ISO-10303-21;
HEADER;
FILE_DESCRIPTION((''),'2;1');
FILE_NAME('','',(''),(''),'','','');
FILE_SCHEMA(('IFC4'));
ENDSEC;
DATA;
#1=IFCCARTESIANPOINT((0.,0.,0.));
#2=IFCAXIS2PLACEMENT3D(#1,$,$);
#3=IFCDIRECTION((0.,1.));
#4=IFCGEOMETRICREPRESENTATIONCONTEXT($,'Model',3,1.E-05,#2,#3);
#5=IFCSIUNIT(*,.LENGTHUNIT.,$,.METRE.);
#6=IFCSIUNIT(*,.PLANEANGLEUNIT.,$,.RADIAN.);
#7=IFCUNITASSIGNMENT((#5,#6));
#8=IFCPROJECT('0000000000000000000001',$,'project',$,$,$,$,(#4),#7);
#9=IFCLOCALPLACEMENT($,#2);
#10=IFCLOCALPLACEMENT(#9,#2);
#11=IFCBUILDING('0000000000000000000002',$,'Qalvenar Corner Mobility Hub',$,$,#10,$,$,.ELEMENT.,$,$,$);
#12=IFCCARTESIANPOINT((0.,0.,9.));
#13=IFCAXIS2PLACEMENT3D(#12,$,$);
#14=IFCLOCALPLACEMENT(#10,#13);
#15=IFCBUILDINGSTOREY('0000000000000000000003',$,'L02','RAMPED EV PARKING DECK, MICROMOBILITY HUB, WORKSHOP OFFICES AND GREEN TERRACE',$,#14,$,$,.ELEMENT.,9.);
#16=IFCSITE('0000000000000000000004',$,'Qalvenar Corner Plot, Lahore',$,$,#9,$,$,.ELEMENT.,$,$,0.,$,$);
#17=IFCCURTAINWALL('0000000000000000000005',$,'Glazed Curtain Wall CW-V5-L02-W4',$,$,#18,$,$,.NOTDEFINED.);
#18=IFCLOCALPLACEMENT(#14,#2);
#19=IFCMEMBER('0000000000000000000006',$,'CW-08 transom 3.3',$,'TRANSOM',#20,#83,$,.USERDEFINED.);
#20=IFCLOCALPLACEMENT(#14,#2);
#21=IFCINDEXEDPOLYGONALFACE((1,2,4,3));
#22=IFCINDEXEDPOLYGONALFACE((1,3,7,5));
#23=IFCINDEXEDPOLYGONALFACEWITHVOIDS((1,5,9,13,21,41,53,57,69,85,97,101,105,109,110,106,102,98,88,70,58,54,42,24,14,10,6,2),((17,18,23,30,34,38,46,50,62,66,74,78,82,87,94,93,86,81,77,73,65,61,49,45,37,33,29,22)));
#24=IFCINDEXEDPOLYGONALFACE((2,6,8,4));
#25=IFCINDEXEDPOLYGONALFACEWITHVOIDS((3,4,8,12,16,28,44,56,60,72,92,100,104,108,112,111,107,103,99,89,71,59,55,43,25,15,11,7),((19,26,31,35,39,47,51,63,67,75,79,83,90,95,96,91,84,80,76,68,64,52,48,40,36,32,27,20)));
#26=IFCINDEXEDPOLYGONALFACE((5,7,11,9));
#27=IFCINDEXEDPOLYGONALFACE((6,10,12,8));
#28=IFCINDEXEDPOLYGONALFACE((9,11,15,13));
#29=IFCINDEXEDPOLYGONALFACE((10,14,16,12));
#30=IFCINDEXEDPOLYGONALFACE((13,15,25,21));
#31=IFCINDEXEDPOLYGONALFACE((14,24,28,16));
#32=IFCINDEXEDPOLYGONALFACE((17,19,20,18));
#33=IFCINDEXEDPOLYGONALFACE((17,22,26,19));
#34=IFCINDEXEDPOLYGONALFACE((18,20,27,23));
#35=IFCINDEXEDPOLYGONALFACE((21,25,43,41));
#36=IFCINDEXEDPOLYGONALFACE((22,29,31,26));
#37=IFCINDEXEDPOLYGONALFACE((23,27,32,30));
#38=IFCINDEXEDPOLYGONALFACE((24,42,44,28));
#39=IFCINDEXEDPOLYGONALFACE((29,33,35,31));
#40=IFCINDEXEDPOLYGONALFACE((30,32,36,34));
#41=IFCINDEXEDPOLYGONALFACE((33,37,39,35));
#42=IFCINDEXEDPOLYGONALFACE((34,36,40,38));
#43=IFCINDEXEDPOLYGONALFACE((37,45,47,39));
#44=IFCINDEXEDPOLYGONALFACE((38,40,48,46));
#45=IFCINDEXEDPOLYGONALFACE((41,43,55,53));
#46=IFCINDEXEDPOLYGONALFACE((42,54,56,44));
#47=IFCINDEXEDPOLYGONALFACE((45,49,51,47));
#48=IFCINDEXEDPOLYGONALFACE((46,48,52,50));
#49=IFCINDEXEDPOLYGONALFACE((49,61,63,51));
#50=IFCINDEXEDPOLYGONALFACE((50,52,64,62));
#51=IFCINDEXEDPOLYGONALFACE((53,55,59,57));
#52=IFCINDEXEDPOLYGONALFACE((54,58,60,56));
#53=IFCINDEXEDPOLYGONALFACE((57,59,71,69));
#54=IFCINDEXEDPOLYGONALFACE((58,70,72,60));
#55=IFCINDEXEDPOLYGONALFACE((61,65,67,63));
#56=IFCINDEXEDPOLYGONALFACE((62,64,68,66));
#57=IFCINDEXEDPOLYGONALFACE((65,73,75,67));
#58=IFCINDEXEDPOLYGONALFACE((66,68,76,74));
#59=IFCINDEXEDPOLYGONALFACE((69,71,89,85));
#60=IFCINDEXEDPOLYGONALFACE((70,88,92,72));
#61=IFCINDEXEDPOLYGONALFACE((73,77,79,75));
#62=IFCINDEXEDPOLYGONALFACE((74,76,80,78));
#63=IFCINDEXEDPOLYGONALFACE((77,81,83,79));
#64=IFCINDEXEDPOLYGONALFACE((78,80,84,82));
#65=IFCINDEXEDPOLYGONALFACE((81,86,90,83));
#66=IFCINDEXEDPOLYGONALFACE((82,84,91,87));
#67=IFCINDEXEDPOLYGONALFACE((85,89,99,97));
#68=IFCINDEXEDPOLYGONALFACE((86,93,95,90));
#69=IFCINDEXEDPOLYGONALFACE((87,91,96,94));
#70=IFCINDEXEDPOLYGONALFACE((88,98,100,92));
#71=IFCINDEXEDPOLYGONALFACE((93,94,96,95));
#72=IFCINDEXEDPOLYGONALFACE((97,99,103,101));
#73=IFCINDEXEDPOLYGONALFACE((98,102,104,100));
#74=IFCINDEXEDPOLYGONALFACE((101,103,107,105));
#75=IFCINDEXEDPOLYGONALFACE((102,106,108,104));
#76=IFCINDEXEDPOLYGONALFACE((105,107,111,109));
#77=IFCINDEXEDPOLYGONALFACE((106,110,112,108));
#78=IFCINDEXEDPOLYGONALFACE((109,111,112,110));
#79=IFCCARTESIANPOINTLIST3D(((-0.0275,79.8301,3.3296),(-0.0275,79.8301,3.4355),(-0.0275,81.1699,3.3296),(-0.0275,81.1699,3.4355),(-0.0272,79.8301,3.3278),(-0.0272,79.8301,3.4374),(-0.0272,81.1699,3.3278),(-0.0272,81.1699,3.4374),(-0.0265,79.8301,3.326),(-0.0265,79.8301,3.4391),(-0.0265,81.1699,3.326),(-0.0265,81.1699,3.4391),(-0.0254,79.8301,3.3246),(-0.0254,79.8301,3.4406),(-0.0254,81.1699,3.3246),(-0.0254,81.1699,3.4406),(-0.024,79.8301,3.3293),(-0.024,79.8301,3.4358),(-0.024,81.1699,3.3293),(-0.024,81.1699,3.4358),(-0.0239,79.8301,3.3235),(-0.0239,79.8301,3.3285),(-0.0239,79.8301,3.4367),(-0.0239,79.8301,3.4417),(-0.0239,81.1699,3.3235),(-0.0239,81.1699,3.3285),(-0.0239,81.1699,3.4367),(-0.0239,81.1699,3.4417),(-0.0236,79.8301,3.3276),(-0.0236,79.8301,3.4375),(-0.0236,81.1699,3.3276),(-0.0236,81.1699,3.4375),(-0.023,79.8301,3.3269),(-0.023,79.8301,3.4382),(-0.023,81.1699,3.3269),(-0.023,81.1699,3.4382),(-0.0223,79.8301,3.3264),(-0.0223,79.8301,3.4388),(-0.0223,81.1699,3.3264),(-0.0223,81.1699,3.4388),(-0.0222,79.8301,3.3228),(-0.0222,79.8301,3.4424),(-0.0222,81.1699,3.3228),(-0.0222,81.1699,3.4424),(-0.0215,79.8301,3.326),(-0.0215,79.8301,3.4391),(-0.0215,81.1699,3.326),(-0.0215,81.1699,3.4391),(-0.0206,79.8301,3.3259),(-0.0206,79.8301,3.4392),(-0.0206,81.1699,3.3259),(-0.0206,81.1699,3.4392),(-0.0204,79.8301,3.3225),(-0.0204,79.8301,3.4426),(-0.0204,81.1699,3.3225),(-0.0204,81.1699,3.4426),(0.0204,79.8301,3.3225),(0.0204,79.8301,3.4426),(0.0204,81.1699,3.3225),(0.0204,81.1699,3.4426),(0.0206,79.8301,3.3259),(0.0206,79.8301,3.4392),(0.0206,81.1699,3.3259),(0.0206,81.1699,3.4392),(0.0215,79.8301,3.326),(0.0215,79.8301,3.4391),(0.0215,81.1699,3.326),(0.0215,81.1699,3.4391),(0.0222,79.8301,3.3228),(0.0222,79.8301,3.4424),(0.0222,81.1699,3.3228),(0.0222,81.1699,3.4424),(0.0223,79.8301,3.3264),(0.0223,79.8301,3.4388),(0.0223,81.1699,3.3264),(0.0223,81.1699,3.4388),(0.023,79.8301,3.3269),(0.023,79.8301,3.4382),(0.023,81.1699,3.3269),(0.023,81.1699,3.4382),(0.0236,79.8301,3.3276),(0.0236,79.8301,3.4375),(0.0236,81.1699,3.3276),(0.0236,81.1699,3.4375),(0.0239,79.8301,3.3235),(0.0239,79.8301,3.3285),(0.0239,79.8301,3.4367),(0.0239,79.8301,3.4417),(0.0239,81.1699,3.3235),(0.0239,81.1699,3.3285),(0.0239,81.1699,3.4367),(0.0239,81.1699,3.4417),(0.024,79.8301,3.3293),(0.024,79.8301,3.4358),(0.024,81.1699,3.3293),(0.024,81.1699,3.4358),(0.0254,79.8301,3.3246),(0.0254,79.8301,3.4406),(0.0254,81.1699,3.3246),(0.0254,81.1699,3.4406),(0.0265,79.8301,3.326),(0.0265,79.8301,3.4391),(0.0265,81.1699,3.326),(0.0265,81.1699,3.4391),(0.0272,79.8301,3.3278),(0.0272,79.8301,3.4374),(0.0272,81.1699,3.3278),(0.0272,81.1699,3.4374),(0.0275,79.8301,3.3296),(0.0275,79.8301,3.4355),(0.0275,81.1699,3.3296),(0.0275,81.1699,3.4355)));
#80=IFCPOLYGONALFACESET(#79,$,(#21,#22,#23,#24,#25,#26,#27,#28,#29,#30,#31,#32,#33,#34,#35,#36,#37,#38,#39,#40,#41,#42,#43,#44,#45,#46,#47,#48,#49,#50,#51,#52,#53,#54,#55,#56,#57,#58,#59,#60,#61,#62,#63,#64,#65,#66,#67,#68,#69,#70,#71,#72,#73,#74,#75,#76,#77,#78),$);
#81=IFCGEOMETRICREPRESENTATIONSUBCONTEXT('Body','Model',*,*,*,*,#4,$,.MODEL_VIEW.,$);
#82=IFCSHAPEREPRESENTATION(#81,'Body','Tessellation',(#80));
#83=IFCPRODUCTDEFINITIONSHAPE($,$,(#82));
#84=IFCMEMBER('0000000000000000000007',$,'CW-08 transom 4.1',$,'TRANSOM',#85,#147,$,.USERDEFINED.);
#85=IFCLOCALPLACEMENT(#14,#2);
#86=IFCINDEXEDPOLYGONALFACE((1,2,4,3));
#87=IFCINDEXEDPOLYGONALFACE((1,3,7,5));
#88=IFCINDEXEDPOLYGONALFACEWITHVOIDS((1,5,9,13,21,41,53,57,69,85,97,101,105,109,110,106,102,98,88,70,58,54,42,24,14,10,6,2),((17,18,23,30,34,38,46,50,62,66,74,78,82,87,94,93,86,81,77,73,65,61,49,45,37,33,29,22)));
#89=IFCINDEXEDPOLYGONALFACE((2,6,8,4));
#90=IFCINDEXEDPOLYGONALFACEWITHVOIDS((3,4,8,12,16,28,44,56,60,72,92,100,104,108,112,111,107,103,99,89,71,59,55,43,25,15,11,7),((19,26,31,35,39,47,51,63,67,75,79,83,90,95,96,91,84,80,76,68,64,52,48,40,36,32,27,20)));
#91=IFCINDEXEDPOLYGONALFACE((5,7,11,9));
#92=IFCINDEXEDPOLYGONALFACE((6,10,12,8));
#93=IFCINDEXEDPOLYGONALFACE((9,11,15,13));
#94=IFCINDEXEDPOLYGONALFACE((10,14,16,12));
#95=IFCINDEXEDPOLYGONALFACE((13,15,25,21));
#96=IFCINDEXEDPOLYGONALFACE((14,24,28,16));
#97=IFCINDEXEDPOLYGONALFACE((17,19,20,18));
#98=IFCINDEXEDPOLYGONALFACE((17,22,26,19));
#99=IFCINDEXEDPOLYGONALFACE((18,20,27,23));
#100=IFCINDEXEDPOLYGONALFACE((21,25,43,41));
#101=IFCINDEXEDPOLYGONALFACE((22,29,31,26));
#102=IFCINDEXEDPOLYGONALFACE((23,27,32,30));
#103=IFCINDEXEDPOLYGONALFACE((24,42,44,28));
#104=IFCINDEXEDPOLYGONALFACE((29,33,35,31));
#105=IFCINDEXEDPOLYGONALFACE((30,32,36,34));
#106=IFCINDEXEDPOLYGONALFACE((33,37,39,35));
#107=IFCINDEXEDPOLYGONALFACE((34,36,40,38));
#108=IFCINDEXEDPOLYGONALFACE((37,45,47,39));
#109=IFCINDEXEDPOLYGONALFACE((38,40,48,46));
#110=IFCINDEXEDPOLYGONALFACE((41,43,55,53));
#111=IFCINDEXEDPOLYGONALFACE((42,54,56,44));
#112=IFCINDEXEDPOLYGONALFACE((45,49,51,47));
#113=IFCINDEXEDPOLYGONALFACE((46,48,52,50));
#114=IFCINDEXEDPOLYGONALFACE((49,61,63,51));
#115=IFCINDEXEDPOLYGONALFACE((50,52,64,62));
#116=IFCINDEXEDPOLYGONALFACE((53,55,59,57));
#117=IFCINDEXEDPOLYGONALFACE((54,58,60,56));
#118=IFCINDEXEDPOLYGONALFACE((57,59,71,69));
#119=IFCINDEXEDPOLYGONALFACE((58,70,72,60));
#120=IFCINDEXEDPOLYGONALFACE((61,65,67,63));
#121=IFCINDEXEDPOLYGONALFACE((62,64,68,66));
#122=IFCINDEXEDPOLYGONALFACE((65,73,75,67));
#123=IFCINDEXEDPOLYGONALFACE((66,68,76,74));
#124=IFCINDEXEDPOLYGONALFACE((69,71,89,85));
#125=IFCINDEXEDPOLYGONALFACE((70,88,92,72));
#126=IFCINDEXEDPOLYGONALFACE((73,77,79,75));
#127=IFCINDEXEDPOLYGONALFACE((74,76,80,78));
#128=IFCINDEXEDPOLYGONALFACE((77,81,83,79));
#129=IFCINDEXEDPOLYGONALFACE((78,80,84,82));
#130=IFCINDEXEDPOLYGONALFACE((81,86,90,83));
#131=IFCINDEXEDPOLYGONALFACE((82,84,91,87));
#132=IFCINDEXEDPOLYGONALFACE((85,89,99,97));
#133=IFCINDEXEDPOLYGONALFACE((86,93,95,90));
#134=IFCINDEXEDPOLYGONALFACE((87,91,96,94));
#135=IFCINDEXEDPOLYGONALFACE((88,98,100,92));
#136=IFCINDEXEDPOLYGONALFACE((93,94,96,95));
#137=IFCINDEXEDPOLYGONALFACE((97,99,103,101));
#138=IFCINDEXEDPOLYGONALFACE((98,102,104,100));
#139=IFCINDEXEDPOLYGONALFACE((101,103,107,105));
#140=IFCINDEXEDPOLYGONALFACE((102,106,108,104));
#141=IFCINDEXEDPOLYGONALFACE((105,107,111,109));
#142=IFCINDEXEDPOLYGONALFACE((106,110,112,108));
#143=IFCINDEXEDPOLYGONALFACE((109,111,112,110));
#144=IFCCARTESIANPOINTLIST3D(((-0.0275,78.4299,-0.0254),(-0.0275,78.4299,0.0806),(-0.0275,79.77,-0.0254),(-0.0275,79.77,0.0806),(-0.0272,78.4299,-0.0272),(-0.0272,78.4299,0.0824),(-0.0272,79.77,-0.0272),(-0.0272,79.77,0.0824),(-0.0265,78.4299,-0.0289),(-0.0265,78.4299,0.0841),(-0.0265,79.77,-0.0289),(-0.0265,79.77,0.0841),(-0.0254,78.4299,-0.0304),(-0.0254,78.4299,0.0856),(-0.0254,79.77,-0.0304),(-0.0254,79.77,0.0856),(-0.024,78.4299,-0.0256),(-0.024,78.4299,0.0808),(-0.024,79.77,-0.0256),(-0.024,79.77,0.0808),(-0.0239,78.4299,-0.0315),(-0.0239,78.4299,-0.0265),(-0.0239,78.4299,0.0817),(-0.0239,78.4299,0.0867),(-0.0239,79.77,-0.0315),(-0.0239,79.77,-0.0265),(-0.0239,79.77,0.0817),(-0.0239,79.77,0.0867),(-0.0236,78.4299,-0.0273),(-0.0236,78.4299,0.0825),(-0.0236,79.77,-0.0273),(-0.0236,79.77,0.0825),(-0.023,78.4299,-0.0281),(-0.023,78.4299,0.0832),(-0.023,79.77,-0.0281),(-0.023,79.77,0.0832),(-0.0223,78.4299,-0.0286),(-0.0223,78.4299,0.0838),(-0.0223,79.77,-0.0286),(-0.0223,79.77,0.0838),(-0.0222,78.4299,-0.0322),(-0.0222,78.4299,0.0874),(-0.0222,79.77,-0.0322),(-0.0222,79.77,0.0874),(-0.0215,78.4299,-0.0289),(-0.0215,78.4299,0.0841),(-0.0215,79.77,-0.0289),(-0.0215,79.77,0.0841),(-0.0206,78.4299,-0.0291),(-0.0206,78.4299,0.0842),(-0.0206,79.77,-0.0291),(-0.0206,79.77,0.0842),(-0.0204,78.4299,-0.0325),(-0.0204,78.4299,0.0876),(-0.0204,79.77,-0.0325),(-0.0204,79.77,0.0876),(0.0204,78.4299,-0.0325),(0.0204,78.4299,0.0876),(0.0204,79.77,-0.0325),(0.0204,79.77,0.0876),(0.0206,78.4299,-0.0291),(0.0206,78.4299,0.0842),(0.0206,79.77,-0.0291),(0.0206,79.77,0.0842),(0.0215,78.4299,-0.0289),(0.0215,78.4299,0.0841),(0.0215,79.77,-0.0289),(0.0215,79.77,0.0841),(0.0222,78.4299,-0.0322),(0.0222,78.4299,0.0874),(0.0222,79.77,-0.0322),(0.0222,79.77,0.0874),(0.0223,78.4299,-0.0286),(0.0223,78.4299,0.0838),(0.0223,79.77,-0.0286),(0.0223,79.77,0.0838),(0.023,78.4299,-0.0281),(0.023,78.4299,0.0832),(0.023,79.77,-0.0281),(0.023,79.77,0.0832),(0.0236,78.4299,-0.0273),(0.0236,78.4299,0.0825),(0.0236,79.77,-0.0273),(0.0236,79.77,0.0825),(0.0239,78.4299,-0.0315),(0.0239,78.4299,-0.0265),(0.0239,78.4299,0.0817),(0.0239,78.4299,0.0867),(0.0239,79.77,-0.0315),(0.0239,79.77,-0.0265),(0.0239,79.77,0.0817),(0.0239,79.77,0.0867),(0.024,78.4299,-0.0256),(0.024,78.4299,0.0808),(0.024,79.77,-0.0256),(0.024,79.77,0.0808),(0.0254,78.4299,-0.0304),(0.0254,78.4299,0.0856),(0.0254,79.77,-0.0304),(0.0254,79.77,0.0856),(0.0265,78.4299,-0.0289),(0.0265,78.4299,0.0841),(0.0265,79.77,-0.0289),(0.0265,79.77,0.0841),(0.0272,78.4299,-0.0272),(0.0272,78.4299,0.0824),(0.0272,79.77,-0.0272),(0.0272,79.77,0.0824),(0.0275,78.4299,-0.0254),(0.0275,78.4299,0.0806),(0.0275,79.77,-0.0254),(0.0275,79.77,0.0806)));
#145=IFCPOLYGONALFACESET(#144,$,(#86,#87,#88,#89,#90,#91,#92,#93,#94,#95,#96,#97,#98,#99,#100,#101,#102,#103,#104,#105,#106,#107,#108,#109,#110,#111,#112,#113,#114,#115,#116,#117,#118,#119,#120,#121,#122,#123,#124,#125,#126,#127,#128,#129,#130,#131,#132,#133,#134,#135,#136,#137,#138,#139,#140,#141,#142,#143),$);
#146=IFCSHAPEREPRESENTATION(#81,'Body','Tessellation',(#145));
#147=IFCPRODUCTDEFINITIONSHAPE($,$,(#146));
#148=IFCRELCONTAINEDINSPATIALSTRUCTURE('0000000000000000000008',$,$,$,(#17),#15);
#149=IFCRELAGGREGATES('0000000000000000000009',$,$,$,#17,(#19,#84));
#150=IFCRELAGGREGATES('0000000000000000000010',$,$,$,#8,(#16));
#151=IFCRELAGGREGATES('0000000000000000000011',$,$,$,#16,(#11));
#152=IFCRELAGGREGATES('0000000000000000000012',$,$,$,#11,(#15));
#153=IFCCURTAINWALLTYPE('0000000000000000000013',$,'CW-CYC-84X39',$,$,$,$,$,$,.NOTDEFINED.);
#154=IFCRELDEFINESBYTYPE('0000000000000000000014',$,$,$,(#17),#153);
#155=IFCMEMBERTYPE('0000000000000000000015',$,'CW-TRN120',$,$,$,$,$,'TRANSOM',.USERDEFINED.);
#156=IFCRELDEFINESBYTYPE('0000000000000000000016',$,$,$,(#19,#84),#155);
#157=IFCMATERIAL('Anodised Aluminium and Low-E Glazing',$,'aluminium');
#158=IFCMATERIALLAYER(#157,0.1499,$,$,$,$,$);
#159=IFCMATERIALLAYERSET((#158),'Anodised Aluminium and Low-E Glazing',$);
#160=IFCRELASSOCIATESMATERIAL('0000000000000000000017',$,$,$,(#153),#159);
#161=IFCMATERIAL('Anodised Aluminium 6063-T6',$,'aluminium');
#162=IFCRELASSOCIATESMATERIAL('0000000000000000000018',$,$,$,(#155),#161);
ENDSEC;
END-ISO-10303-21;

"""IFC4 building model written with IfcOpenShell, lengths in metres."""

from ifc_helpers import new_model, si_unit, direction, frame, origin, origin_2d, place, context, subcontext, project, spatial, hollow_rectangle, extrude, material, layer, layer_set, material_profile, profile_set, type_object, element, aggregate, save


model = new_model("IFC4")

# Units and contexts
model_context = context("Model", 3, precision=1e-05, world=origin(), true_north=direction((0.0, 1.0)))
body_context = subcontext(model_context, "Body", "Model", "MODEL_VIEW")
ifc_project = project(units=[si_unit("LENGTHUNIT", "METRE"), si_unit("PLANEANGLEUNIT", "RADIAN")], contexts=[model_context])

# Site, building, storey
site_placement = place(None, origin())
site = spatial("IfcSite", under=ifc_project, at=site_placement, Name="Qalvenar Corner Plot, Lahore", CompositionType="ELEMENT", RefElevation=0.0)
building_placement = place(site_placement, origin())
building = spatial("IfcBuilding", under=site, at=building_placement, Name="Qalvenar Corner Mobility Hub", CompositionType="ELEMENT")
storey_placement = place(building_placement, frame((0.0, 0.0, 9.0)))
storey = spatial("IfcBuildingStorey", under=building, at=storey_placement, Name="L02", Description="RAMPED EV PARKING DECK, MICROMOBILITY HUB, WORKSHOP OFFICES AND GREEN TERRACE", CompositionType="ELEMENT", Elevation=9.0)

# Curtain wall, members
ifc_material_1 = material(Name="Anodised Aluminium and Low-E Glazing", Category="aluminium")
ifc_layer_1 = layer(ifc_material_1, 0.1499)
ifc_layer_set_1 = layer_set([ifc_layer_1], Name="Anodised Aluminium and Low-E Glazing")
curtain_wall_type = type_object("IfcCurtainWallType", Name="CW-CYC-84X39", PredefinedType="NOTDEFINED", material=ifc_layer_set_1)
curtain_wall_placement = place(storey_placement, origin())
curtain_wall = element("IfcCurtainWall", 1, at=curtain_wall_placement, inside=storey, type_object=curtain_wall_type, Name="Glazed Curtain Wall CW-V5-L02-W4", PredefinedType="NOTDEFINED")
ifc_material_2 = material(Name="Anodised Aluminium 6063-T6", Category="aluminium")
ifc_material_profile_1 = material_profile(ifc_material_2, hollow_rectangle(XDim=0.0549, YDim=0.1201, WallThickness=0.0034, InnerFilletRadius=0.0034, OuterFilletRadius=0.0071, at=origin_2d()), Name="RHS120x55x3.5")
ifc_profile_set_1 = profile_set([ifc_material_profile_1], Name="Anodised Aluminium 6063-T6")
member_type_1 = type_object("IfcMemberType", Name="CW-TRN120", ElementType="TRANSOM", PredefinedType="USERDEFINED", material=ifc_profile_set_1)
member_1_placement = place(storey_placement, frame((0.0, 81.1699, 3.3826), z_axis=(0.0, -1.0, 0.0), x_axis=(1.0, 0.0, 0.0)))
member_1 = element("IfcMember", 2, at=member_1_placement, type_object=member_type_1, Name="CW-08 transom 3.3", ObjectType="TRANSOM", PredefinedType="USERDEFINED", context=body_context, shape_type="SweptSolid", body=[
    extrude(hollow_rectangle(XDim=0.0549, YDim=0.1201, WallThickness=0.0034, InnerFilletRadius=0.0034, OuterFilletRadius=0.0071, at=origin_2d()), origin(), (0.0, 0.0, 1.0), 1.3398),
])
member_2_placement = place(storey_placement, frame((0.0, 79.77, 0.0276), z_axis=(0.0, -1.0, 0.0), x_axis=(1.0, 0.0, 0.0)))
member_2 = element("IfcMember", 3, at=member_2_placement, type_object=member_type_1, Name="CW-08 transom 4.1", ObjectType="TRANSOM", PredefinedType="USERDEFINED", context=body_context, shape_type="SweptSolid", body=[
    extrude(hollow_rectangle(XDim=0.0549, YDim=0.1201, WallThickness=0.0034, InnerFilletRadius=0.0034, OuterFilletRadius=0.0071, at=origin_2d()), origin(), (0.0, 0.0, 1.0), 1.3401),
])
aggregate(curtain_wall, [member_1, member_2])

save(model, "model.ifc")
